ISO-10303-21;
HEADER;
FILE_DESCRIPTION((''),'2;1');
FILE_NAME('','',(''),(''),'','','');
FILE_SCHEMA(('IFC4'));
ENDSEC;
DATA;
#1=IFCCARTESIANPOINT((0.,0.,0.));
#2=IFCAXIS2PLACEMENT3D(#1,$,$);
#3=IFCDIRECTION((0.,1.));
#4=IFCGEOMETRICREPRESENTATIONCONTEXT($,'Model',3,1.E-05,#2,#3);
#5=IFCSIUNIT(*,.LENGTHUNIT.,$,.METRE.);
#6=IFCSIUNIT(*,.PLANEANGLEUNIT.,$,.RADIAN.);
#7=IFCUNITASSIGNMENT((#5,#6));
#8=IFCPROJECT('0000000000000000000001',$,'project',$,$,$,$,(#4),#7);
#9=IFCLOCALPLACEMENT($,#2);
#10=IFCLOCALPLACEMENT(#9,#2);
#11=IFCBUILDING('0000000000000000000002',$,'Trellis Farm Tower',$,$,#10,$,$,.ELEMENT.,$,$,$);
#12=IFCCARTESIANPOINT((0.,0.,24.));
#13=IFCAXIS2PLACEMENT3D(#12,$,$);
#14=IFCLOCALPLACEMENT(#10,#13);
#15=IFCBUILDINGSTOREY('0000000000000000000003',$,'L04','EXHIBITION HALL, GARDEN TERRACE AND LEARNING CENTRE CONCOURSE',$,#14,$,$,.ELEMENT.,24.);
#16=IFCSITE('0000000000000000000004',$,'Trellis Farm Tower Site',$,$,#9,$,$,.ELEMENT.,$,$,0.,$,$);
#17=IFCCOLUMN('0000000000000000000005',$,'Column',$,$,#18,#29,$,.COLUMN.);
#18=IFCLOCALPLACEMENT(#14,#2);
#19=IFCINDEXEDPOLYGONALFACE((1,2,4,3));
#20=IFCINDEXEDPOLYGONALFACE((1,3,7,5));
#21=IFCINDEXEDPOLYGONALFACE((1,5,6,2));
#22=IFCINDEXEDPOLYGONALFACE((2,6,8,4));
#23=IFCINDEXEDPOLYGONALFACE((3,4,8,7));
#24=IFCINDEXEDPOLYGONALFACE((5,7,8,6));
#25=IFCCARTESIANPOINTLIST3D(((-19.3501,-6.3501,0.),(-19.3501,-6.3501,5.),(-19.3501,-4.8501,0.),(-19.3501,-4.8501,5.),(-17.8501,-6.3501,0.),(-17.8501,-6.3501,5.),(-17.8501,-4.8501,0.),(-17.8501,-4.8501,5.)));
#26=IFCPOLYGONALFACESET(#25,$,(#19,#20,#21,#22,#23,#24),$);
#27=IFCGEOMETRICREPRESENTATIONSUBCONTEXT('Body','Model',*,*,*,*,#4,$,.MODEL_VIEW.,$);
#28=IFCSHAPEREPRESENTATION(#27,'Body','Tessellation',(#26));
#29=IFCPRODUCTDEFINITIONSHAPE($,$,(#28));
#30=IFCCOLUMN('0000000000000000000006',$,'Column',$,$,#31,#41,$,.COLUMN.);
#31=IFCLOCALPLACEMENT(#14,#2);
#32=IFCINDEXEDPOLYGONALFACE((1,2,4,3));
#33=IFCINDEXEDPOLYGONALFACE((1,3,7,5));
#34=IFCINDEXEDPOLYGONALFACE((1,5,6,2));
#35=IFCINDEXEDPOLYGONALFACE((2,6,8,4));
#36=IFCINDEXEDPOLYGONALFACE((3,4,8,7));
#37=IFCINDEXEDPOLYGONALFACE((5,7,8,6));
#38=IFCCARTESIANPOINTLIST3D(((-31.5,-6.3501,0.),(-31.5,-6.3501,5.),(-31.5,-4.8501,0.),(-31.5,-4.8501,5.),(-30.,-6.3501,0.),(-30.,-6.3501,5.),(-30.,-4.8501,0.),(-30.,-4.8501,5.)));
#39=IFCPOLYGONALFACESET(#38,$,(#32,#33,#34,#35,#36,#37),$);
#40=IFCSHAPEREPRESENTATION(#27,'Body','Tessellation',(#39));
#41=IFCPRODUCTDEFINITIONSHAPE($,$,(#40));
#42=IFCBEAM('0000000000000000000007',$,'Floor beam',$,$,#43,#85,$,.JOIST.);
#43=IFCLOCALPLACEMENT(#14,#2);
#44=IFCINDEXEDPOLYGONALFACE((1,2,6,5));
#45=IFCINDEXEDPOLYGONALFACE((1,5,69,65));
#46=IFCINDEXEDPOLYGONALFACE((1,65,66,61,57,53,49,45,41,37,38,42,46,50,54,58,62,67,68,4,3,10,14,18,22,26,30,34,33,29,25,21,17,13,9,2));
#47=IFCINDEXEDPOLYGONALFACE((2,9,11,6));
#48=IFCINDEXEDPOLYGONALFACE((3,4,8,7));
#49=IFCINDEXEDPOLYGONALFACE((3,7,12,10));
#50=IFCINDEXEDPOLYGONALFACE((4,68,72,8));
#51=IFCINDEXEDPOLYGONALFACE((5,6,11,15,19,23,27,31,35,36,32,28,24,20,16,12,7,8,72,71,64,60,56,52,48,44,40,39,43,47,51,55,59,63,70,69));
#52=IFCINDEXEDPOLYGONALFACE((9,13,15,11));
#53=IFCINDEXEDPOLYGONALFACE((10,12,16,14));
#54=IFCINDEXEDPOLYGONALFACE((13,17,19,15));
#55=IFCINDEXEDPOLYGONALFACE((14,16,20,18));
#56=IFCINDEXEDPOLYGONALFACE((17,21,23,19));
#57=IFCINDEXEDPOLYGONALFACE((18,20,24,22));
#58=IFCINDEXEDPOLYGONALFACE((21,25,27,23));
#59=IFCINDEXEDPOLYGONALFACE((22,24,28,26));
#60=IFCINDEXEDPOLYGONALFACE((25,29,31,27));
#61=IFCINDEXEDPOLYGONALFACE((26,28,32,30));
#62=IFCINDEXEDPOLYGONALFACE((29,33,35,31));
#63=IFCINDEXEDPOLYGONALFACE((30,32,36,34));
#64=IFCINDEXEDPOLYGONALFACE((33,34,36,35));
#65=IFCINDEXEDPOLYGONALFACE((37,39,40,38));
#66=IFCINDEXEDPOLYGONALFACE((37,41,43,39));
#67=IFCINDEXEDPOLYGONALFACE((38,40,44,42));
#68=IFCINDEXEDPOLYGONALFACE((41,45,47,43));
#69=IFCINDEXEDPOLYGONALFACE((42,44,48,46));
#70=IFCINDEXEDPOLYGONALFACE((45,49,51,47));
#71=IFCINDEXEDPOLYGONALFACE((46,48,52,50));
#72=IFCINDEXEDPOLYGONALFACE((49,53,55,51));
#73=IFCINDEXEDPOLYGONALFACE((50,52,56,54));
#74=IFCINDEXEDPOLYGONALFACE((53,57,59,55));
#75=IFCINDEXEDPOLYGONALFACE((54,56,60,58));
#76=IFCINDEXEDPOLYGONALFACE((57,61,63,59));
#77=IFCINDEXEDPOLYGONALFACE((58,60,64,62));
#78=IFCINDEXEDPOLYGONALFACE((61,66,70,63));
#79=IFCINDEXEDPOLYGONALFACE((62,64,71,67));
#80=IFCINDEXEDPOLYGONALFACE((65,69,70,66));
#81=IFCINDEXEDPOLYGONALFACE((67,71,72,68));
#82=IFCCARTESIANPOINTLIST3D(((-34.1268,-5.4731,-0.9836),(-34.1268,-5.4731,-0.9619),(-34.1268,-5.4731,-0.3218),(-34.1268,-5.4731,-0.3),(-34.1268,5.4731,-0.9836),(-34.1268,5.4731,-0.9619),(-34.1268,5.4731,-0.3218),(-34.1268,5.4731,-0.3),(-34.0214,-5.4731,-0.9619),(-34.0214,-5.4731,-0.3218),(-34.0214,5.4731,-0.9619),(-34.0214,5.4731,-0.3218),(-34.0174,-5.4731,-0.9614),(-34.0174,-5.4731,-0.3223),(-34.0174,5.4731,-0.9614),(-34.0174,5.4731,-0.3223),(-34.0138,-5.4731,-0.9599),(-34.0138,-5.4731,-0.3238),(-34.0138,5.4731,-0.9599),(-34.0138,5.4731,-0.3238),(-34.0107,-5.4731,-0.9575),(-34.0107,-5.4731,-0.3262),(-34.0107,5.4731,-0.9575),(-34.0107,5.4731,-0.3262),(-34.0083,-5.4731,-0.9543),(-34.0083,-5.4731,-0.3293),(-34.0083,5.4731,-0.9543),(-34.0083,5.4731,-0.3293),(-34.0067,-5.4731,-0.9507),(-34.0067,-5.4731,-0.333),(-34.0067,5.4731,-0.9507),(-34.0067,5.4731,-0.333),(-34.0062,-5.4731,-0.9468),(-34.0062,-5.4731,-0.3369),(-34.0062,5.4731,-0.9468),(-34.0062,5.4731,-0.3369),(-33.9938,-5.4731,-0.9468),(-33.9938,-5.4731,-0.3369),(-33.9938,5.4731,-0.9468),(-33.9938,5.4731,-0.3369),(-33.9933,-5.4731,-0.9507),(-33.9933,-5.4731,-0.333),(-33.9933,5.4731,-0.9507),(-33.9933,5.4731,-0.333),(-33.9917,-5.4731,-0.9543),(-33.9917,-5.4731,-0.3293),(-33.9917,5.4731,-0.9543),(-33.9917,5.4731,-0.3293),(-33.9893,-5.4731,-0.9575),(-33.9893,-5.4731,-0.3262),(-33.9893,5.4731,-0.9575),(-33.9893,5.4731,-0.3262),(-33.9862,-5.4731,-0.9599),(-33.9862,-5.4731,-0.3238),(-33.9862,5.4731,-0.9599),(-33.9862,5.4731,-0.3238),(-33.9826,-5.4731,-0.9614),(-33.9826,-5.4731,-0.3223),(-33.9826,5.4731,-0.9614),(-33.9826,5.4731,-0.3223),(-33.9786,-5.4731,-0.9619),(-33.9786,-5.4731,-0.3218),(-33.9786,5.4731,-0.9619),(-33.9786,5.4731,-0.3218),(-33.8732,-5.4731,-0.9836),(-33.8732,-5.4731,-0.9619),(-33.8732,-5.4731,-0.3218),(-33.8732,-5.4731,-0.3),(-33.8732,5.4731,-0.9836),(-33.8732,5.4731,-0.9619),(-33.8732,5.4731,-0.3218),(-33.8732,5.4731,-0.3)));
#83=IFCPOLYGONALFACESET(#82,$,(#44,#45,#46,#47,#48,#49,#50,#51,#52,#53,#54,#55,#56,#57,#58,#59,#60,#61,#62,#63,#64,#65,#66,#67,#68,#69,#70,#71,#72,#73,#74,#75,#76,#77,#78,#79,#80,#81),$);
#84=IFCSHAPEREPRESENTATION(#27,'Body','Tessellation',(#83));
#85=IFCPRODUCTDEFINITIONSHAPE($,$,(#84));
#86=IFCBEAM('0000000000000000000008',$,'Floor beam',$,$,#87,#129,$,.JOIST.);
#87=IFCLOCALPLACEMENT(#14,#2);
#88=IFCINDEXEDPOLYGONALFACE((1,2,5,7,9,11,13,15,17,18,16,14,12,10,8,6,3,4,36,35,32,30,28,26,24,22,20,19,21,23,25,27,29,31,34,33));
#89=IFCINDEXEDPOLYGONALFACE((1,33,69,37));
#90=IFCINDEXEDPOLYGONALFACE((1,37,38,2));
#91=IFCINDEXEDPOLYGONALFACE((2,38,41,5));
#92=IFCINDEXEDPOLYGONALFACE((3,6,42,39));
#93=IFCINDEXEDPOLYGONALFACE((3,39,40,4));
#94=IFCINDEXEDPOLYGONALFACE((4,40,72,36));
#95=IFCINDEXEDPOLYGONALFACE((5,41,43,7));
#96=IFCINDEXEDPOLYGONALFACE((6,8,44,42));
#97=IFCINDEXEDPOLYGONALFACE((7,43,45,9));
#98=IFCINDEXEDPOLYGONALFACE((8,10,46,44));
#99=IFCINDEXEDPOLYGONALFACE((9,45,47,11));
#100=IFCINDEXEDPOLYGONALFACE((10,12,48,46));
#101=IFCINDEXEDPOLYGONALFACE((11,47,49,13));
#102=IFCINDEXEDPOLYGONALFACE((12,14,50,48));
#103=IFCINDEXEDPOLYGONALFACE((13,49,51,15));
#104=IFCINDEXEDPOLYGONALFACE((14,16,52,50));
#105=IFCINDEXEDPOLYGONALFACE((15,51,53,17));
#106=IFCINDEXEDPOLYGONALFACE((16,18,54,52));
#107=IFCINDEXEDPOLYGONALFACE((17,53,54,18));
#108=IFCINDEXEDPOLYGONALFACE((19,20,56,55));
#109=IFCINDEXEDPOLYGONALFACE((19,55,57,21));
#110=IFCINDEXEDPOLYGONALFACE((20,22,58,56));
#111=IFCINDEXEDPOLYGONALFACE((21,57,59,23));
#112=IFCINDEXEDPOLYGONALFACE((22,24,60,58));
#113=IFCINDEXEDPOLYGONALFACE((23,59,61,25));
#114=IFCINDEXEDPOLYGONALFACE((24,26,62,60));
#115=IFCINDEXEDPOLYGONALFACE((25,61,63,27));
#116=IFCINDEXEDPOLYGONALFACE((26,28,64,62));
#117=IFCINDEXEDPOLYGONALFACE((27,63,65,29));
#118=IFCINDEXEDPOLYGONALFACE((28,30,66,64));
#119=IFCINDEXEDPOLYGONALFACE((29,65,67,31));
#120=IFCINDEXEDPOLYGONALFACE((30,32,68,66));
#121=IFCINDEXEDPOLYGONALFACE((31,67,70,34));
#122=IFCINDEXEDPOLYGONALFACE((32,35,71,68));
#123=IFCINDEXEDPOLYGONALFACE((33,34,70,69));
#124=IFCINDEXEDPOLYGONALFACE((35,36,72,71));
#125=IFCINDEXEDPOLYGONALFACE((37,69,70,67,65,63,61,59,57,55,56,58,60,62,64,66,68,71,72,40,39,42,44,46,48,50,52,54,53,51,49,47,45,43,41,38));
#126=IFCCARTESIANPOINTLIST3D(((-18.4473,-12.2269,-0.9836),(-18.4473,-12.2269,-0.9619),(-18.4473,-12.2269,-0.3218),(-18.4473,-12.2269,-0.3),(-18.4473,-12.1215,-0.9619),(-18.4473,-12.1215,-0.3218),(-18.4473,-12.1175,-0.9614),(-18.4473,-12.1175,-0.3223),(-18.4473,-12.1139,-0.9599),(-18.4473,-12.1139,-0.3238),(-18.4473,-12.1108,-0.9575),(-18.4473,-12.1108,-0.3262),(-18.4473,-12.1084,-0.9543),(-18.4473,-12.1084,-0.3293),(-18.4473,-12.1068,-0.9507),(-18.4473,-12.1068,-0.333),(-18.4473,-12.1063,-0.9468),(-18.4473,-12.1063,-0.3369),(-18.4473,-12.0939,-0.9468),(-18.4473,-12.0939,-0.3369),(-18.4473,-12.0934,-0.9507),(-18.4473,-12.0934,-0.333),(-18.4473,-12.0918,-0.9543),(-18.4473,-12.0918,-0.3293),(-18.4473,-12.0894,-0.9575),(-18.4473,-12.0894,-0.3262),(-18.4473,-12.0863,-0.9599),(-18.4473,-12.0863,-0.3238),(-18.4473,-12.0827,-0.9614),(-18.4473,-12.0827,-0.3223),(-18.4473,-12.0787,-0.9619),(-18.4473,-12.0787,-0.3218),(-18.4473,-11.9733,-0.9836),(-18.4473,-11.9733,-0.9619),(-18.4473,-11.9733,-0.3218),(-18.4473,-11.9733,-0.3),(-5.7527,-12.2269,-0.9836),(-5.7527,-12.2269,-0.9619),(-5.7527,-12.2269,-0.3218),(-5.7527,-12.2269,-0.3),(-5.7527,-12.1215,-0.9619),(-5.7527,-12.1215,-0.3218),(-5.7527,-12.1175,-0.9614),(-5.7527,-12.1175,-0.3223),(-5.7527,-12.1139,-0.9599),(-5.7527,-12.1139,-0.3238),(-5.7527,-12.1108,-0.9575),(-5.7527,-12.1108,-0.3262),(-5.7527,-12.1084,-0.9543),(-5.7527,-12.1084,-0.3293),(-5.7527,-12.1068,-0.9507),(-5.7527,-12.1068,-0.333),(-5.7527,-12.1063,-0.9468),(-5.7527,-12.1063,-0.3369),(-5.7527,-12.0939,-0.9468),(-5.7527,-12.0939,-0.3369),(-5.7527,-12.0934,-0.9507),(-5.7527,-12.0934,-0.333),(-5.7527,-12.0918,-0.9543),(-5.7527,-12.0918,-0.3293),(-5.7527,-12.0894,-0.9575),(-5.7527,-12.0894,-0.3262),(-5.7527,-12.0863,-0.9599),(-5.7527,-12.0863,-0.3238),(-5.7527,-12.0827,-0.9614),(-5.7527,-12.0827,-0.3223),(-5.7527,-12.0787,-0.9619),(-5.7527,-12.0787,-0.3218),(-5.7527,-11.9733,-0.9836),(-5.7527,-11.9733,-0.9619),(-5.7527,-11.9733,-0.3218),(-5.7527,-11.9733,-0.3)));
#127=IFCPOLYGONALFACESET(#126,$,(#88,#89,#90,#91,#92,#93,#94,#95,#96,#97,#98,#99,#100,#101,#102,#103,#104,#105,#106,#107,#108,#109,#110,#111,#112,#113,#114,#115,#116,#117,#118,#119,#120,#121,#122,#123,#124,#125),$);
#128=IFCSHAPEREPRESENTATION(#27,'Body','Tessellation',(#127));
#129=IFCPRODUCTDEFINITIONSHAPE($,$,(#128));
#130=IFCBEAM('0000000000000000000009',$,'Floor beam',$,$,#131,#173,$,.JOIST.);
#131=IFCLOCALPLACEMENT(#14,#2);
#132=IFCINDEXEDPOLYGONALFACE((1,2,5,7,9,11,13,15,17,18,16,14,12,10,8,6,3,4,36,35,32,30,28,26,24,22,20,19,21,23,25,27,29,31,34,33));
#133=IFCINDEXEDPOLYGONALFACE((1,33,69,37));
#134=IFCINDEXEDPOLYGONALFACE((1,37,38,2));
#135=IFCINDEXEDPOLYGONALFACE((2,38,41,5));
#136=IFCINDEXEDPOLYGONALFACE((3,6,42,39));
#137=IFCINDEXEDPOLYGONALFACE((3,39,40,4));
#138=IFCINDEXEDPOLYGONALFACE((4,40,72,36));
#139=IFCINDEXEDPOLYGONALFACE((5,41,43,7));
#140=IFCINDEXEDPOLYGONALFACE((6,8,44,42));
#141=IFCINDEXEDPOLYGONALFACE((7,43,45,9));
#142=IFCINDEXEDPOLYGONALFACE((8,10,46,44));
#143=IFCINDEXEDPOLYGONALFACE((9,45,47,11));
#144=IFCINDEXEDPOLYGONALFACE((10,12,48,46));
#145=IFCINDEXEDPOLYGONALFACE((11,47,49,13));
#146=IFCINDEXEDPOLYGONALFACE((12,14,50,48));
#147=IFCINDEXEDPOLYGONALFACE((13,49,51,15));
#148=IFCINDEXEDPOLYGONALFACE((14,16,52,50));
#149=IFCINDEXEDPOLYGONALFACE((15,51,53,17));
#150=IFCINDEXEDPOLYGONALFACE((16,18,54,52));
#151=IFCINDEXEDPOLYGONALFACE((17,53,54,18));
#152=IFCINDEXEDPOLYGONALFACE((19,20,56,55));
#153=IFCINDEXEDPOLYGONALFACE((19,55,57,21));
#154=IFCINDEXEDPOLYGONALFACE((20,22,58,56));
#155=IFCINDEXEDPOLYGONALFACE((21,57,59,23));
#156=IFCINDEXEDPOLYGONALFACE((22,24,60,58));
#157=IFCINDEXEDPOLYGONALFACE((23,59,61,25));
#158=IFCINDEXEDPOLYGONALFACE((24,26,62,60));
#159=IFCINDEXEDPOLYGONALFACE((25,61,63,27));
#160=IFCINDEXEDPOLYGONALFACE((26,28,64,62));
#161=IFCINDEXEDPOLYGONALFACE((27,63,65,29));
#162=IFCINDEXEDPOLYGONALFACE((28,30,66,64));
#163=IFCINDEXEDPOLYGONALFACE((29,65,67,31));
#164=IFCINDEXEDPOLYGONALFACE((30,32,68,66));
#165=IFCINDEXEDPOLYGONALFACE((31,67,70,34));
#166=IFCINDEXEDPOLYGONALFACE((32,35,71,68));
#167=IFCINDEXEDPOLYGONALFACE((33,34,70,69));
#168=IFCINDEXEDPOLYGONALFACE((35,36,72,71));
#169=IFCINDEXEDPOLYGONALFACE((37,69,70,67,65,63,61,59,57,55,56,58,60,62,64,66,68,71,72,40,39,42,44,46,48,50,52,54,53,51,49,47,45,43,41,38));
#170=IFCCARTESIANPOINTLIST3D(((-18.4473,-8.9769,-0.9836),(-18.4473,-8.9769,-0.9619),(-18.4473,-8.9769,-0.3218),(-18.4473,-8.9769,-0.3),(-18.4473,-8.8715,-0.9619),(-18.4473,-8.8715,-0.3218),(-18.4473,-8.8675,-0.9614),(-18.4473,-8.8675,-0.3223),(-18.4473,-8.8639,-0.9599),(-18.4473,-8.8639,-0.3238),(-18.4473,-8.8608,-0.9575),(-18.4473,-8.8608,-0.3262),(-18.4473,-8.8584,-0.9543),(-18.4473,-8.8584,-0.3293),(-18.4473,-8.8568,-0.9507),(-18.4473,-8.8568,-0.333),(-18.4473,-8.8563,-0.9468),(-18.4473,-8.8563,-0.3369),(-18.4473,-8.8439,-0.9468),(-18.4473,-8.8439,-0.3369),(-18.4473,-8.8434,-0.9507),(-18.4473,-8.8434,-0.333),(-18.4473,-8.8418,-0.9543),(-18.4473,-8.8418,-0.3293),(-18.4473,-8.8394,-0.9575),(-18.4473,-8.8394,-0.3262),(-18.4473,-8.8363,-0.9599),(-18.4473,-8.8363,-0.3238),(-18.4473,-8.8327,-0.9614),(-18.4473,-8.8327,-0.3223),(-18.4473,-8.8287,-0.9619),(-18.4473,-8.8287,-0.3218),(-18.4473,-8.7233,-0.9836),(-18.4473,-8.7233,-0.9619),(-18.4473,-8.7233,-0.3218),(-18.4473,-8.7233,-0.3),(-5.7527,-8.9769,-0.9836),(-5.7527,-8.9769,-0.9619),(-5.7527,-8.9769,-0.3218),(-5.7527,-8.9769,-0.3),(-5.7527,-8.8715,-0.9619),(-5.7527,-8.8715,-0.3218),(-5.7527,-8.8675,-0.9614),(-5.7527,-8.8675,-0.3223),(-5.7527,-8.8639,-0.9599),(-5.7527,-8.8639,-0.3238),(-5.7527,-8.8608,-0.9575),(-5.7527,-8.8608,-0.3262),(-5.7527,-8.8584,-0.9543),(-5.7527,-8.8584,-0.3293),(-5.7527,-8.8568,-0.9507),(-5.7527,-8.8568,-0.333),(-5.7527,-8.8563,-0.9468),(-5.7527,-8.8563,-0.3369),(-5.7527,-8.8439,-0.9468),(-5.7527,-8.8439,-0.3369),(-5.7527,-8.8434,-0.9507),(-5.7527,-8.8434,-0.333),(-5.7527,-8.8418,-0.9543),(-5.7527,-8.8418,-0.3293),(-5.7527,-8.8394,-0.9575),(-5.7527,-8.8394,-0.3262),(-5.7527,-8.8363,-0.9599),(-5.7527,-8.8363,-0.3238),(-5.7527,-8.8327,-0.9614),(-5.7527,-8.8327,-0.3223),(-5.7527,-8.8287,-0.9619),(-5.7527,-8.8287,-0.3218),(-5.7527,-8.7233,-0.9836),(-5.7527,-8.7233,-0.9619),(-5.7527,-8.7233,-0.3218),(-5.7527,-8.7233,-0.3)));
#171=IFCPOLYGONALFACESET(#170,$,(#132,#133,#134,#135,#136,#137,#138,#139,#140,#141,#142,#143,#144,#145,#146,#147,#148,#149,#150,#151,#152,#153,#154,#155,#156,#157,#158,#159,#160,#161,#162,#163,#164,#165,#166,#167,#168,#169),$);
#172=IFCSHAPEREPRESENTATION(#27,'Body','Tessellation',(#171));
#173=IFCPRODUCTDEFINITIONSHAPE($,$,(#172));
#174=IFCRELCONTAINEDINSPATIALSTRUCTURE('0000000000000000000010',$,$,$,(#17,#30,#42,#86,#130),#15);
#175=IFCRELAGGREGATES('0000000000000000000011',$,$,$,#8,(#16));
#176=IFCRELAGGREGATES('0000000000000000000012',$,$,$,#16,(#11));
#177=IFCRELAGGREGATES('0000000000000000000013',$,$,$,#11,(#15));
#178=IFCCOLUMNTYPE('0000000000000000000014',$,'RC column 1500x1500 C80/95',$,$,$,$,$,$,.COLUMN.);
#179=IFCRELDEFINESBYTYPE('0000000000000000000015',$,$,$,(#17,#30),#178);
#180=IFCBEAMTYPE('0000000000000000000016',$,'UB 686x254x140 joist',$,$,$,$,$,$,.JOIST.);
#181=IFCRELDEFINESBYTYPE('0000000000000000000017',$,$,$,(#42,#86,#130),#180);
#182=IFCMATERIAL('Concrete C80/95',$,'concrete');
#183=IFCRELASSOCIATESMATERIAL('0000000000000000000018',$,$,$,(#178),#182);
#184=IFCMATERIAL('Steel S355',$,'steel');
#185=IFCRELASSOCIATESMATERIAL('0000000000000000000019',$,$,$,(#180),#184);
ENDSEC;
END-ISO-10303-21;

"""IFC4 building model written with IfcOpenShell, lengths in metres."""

from ifc_helpers import new_model, si_unit, direction, frame, origin, origin_2d, place, context, subcontext, project, spatial, rectangle, i_section, extrude, source, transform, mapped, material, material_profile, profile_set, type_object, element, save


model = new_model("IFC4")

# Units and contexts
model_context = context("Model", 3, precision=1e-05, world=origin(), true_north=direction((0.0, 1.0)))
body_context = subcontext(model_context, "Body", "Model", "MODEL_VIEW")
ifc_project = project(units=[si_unit("LENGTHUNIT", "METRE"), si_unit("PLANEANGLEUNIT", "RADIAN")], contexts=[model_context])

# Site, building, storey
site_placement = place(None, origin())
site = spatial("IfcSite", under=ifc_project, at=site_placement, Name="Trellis Farm Tower Site", CompositionType="ELEMENT", RefElevation=0.0)
building_placement = place(site_placement, origin())
building = spatial("IfcBuilding", under=site, at=building_placement, Name="Trellis Farm Tower", CompositionType="ELEMENT")
storey_placement = place(building_placement, frame((0.0, 0.0, 24.0)))
storey = spatial("IfcBuildingStorey", under=building, at=storey_placement, Name="L04", Description="EXHIBITION HALL, GARDEN TERRACE AND LEARNING CENTRE CONCOURSE", CompositionType="ELEMENT", Elevation=24.0)

# Columns
ifc_material_1 = material(Name="Concrete C80/95", Category="concrete")
ifc_material_profile_1 = material_profile(ifc_material_1, rectangle(XDim=1.5, YDim=1.5, at=origin_2d()), Name="RC column 1500x1500 C80/95")
ifc_profile_set_1 = profile_set([ifc_material_profile_1], Name="Concrete C80/95")
column_type = type_object("IfcColumnType", Name="RC column 1500x1500 C80/95", PredefinedType="COLUMN", material=ifc_profile_set_1)
shared_shape_1 = source(origin(), body_context, "Body", "SweptSolid", [
    extrude(rectangle(XDim=1.5, YDim=1.5, at=origin_2d()), origin(), (0.0, 0.0, 1.0), 5.0),
])
for number, where, z_axis, x_axis, name in (
    (1, (-18.6001, -5.6001, 0.0), (0.0, 0.0, 1.0), (1.0, 0.0, 0.0), "Column"),
    (2, (-30.75, -5.6001, 0.0), (0.0, 0.0, 1.0), (1.0, 0.0, 0.0), "Column"),
):
    element("IfcColumn", number, at=place(storey_placement, frame(where, z_axis=z_axis, x_axis=x_axis)), inside=storey, type_object=column_type, Name=name, PredefinedType="COLUMN", context=body_context, shape_type="MappedRepresentation", body=[
        mapped(shared_shape_1, transform((0.0, 0.0, 0.0))),
    ])

# Beams
ifc_material_2 = material(Name="Steel S355", Category="steel")
ifc_material_profile_2 = material_profile(ifc_material_2, i_section(OverallWidth=0.2537, OverallDepth=0.6836, WebThickness=0.0125, FlangeThickness=0.0217, FilletRadius=0.0151, at=origin_2d()), Name="UB 686x254x140")
ifc_profile_set_2 = profile_set([ifc_material_profile_2], Name="Steel S355")
beam_type_1 = type_object("IfcBeamType", Name="UB 686x254x140 joist", PredefinedType="JOIST", material=ifc_profile_set_2)
shared_shape_2 = source(origin(), body_context, "Body", "SweptSolid", [
    extrude(i_section(OverallWidth=0.2537, OverallDepth=0.6836, WebThickness=0.0125, FlangeThickness=0.0217, FilletRadius=0.0151, at=origin_2d()), origin(), (0.0, 0.0, 1.0), 10.9463),
])
beam_1_placement = place(storey_placement, frame((-34.0, -5.4731, -0.6418), z_axis=(0.0, 1.0, 0.0), x_axis=(-1.0, 0.0, 0.0)))
element("IfcBeam", 3, at=beam_1_placement, inside=storey, type_object=beam_type_1, Name="Floor beam", PredefinedType="JOIST", context=body_context, shape_type="MappedRepresentation", body=[
    mapped(shared_shape_2, transform((0.0, 0.0, 0.0))),
])
shared_shape_3 = source(origin(), body_context, "Body", "SweptSolid", [
    extrude(i_section(OverallWidth=0.2537, OverallDepth=0.6836, WebThickness=0.0125, FlangeThickness=0.0217, FilletRadius=0.0151, at=origin_2d()), origin(), (0.0, 0.0, 1.0), 12.6946),
])
for number, where, z_axis, x_axis, name in (
    (4, (-18.4473, -12.1001, -0.6418), (1.0, 0.0, 0.0), (0.0, 1.0, 0.0), "Floor beam"),
    (5, (-18.4473, -8.8501, -0.6418), (1.0, 0.0, 0.0), (0.0, 1.0, 0.0), "Floor beam"),
):
    element("IfcBeam", number, at=place(storey_placement, frame(where, z_axis=z_axis, x_axis=x_axis)), inside=storey, type_object=beam_type_1, Name=name, PredefinedType="JOIST", context=body_context, shape_type="MappedRepresentation", body=[
        mapped(shared_shape_3, transform((0.0, 0.0, 0.0))),
    ])

save(model, "model.ifc")
